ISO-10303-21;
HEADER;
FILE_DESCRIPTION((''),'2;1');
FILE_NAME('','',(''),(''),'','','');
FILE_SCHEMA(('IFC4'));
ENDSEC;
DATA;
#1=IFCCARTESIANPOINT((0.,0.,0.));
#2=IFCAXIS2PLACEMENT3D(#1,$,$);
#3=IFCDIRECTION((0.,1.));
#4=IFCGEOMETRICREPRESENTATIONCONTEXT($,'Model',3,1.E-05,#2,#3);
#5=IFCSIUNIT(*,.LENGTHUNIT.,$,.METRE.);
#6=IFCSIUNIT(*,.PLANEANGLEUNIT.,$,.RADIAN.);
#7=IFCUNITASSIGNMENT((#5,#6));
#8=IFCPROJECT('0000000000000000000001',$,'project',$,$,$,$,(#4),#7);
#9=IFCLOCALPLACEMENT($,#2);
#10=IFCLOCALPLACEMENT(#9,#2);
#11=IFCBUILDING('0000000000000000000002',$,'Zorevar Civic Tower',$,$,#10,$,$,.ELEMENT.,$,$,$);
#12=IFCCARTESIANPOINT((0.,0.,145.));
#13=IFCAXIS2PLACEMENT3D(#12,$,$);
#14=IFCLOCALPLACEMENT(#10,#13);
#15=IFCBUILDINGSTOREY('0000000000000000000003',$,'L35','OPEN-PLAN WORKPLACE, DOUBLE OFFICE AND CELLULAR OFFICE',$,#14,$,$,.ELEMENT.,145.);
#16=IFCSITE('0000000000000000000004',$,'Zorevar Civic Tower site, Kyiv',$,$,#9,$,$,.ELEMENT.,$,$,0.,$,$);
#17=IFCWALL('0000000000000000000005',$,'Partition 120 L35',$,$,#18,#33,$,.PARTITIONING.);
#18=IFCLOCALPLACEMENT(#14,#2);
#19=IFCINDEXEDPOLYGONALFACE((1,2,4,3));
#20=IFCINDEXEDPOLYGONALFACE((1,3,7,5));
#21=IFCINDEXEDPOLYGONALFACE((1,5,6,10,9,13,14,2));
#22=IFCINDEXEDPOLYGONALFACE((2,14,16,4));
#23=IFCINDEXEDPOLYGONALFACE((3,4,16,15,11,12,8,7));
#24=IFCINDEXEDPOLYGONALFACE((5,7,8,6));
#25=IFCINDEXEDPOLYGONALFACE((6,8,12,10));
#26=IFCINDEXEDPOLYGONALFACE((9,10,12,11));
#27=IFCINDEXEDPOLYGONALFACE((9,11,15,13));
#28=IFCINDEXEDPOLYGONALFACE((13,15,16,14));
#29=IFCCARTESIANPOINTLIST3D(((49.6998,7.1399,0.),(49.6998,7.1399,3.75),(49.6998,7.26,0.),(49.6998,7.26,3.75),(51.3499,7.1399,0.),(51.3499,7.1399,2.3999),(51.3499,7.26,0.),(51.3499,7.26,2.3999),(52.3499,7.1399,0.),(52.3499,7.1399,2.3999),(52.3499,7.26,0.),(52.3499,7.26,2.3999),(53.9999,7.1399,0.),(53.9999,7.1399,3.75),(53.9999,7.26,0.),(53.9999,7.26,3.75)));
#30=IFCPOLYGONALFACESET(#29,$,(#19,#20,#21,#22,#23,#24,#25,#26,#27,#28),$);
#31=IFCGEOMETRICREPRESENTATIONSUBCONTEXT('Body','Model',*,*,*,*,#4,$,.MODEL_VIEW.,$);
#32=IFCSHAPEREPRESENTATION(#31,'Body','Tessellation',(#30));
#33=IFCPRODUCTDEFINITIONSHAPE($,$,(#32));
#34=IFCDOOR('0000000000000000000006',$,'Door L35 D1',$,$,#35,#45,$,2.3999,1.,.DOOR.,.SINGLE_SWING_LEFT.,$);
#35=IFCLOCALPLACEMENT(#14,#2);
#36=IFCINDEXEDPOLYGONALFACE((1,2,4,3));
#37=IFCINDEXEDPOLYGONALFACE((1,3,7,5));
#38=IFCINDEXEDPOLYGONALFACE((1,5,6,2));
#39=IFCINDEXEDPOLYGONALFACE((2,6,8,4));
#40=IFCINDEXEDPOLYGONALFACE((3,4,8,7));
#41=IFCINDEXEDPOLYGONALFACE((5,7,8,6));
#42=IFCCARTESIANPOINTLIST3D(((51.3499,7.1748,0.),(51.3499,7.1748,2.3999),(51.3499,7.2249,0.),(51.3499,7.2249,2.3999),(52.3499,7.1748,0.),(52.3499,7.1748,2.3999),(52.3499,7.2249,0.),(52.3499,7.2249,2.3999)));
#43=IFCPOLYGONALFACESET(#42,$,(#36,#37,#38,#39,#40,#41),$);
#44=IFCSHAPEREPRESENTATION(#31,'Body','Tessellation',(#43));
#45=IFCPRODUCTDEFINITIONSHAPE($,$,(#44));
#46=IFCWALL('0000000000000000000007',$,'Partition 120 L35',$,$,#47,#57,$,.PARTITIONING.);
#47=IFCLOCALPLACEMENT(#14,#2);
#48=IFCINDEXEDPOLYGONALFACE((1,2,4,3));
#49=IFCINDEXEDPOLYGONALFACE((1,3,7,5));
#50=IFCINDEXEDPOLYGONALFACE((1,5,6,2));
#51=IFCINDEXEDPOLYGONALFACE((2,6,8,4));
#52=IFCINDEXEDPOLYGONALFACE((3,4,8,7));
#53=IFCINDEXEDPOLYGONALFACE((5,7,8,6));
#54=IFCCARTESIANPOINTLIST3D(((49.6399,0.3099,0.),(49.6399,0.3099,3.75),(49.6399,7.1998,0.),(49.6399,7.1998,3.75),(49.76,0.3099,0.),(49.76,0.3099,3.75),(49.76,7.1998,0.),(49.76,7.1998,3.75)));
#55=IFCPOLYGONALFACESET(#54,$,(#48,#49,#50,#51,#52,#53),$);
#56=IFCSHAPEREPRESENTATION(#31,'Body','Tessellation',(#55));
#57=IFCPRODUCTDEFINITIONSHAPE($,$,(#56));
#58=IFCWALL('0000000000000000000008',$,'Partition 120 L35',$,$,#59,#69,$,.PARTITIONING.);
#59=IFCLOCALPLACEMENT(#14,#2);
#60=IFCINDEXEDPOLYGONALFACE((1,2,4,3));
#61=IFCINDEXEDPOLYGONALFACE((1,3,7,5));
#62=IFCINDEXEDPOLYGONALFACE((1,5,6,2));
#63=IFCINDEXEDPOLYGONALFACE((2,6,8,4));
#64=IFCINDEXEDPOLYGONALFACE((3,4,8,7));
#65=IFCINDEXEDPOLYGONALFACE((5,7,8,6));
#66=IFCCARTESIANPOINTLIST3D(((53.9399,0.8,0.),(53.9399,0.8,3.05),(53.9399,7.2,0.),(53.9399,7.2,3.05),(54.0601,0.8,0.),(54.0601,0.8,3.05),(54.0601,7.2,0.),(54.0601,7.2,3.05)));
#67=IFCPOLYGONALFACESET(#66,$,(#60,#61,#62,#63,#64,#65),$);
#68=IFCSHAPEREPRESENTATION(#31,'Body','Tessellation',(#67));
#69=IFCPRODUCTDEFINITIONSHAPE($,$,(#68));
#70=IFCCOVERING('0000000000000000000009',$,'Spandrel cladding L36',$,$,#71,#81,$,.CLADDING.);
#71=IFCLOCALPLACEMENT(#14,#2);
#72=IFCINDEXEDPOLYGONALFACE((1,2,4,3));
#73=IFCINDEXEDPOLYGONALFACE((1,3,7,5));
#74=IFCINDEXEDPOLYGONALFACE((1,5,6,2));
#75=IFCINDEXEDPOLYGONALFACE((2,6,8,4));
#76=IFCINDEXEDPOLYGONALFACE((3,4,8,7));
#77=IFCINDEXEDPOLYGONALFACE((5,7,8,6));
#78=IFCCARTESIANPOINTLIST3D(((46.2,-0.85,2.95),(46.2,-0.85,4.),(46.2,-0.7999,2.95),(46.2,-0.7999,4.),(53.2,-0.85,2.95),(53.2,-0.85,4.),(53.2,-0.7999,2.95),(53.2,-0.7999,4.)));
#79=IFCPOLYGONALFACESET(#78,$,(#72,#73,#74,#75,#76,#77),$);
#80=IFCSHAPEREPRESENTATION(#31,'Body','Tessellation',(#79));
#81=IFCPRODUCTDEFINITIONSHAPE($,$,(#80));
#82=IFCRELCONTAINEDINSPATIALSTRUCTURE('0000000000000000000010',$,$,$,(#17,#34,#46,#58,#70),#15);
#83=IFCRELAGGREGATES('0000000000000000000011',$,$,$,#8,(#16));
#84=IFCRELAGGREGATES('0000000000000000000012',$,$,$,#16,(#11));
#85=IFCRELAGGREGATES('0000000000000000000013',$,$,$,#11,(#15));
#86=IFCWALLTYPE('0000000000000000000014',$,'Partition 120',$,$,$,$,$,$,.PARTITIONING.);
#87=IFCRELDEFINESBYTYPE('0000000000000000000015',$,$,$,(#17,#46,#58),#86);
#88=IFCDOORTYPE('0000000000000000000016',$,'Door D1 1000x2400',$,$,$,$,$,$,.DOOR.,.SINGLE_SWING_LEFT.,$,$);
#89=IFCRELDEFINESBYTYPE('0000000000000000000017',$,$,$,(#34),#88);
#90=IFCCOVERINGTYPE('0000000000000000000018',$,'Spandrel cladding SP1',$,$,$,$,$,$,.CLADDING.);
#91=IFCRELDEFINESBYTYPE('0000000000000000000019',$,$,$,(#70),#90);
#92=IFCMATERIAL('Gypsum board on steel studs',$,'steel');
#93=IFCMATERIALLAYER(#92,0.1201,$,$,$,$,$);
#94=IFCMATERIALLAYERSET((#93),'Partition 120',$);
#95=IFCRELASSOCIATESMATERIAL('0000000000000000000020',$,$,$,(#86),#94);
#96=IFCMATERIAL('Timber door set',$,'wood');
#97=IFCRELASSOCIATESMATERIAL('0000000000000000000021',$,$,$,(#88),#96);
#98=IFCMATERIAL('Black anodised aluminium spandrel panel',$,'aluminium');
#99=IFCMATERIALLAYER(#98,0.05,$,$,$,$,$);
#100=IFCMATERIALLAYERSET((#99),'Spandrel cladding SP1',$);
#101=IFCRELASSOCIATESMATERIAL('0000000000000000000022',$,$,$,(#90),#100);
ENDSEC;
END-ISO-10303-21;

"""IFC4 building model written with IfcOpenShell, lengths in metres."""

from ifc_helpers import new_model, si_unit, direction, frame, frame_2d, origin, place, context, subcontext, project, spatial, rectangle, extrude, material, layer, layer_set, type_object, element, fill, save


model = new_model("IFC4")

# Units and contexts
model_context = context("Model", 3, precision=1e-05, world=origin(), true_north=direction((0.0, 1.0)))
body_context = subcontext(model_context, "Body", "Model", "MODEL_VIEW")
ifc_project = project(units=[si_unit("LENGTHUNIT", "METRE"), si_unit("PLANEANGLEUNIT", "RADIAN")], contexts=[model_context])

# Site, building, storey
site_placement = place(None, origin())
site = spatial("IfcSite", under=ifc_project, at=site_placement, Name="Zorevar Civic Tower site, Kyiv", CompositionType="ELEMENT", RefElevation=0.0)
building_placement = place(site_placement, origin())
building = spatial("IfcBuilding", under=site, at=building_placement, Name="Zorevar Civic Tower", CompositionType="ELEMENT")
storey_placement = place(building_placement, frame((0.0, 0.0, 145.0)))
storey = spatial("IfcBuildingStorey", under=building, at=storey_placement, Name="L35", Description="OPEN-PLAN WORKPLACE, DOUBLE OFFICE AND CELLULAR OFFICE", CompositionType="ELEMENT", Elevation=145.0)

# Wall, opening, door
ifc_material_1 = material(Name="Gypsum board on steel studs", Category="steel")
ifc_layer_1 = layer(ifc_material_1, 0.1201)
ifc_layer_set_1 = layer_set([ifc_layer_1], Name="Partition 120")
wall_type = type_object("IfcWallType", Name="Partition 120", PredefinedType="PARTITIONING", material=ifc_layer_set_1)
wall_1_placement = place(storey_placement, frame((49.7, 7.2, 0.0), z_axis=(0.0, 0.0, 1.0), x_axis=(1.0, 0.0, 0.0)))
wall_1 = element("IfcWall", 1, at=wall_1_placement, inside=storey, type_object=wall_type, Name="Partition 120 L35", PredefinedType="PARTITIONING", context=body_context, shape_type="SweptSolid", body=[
    extrude(rectangle(XDim=4.3, YDim=0.1201, at=frame_2d((2.1499, 0.0))), origin(), (0.0, 0.0, 1.0), 3.75),
])
opening_placement = place(wall_1_placement, frame((1.6499, 0.0, 0.0)))
opening = element("IfcOpeningElement", 2, at=opening_placement, cuts=wall_1, PredefinedType="OPENING", context=body_context, shape_type="SweptSolid", body=[
    extrude(rectangle(XDim=1.0, YDim=2.3999, at=frame_2d((0.5, 1.2))), frame((0.0, 0.0701, 0.0), z_axis=(0.0, -1.0, 0.0), x_axis=(1.0, 0.0, 0.0)), (0.0, 0.0, 1.0), 0.1401),
])
ifc_material_2 = material(Name="Timber door set", Category="wood")
door_type = type_object("IfcDoorType", Name="Door D1 1000x2400", OperationType="SINGLE_SWING_LEFT", PredefinedType="DOOR", material=ifc_material_2)
door_placement = place(opening_placement, origin())
door = element("IfcDoor", 3, at=door_placement, inside=storey, type_object=door_type, Name="Door L35 D1", OperationType="SINGLE_SWING_LEFT", OverallHeight=2.3999, OverallWidth=1.0, PredefinedType="DOOR", context=body_context, shape_type="SweptSolid", body=[
    extrude(rectangle(XDim=1.0, YDim=2.3999, at=frame_2d((0.5, 1.2))), frame((0.0, 0.0249, 0.0), z_axis=(0.0, -1.0, 0.0), x_axis=(1.0, 0.0, 0.0)), (0.0, 0.0, 1.0), 0.05),
])
fill(opening, door)

# Walls
wall_2_placement = place(storey_placement, frame((49.7, 0.3101, 0.0), z_axis=(0.0, 0.0, 1.0), x_axis=(0.0, 1.0, 0.0)))
element("IfcWall", 4, at=wall_2_placement, inside=storey, type_object=wall_type, Name="Partition 120 L35", PredefinedType="PARTITIONING", context=body_context, shape_type="SweptSolid", body=[
    extrude(rectangle(XDim=6.8899, YDim=0.1201, at=frame_2d((3.4448, 0.0))), origin(), (0.0, 0.0, 1.0), 3.75),
])
wall_3_placement = place(storey_placement, frame((54.0, 0.8, 0.0), z_axis=(0.0, 0.0, 1.0), x_axis=(0.0, 1.0, 0.0)))
element("IfcWall", 5, at=wall_3_placement, inside=storey, type_object=wall_type, Name="Partition 120 L35", PredefinedType="PARTITIONING", context=body_context, shape_type="SweptSolid", body=[
    extrude(rectangle(XDim=6.3999, YDim=0.1201, at=frame_2d((3.2, 0.0))), origin(), (0.0, 0.0, 1.0), 3.05),
])

# Covering
ifc_material_3 = material(Name="Black anodised aluminium spandrel panel", Category="aluminium")
ifc_layer_2 = layer(ifc_material_3, 0.05)
ifc_layer_set_2 = layer_set([ifc_layer_2], Name="Spandrel cladding SP1")
covering_type = type_object("IfcCoveringType", Name="Spandrel cladding SP1", PredefinedType="CLADDING", material=ifc_layer_set_2)
covering_placement = place(storey_placement, frame((46.2, -0.825, 2.95), z_axis=(0.0, 0.0, 1.0), x_axis=(1.0, 0.0, 0.0)))
element("IfcCovering", 6, at=covering_placement, inside=storey, type_object=covering_type, Name="Spandrel cladding L36", PredefinedType="CLADDING", context=body_context, shape_type="SweptSolid", body=[
    extrude(rectangle(XDim=7.0, YDim=0.05, at=frame_2d((3.5, 0.0))), origin(), (0.0, 0.0, 1.0), 1.05),
])

save(model, "model.ifc")
